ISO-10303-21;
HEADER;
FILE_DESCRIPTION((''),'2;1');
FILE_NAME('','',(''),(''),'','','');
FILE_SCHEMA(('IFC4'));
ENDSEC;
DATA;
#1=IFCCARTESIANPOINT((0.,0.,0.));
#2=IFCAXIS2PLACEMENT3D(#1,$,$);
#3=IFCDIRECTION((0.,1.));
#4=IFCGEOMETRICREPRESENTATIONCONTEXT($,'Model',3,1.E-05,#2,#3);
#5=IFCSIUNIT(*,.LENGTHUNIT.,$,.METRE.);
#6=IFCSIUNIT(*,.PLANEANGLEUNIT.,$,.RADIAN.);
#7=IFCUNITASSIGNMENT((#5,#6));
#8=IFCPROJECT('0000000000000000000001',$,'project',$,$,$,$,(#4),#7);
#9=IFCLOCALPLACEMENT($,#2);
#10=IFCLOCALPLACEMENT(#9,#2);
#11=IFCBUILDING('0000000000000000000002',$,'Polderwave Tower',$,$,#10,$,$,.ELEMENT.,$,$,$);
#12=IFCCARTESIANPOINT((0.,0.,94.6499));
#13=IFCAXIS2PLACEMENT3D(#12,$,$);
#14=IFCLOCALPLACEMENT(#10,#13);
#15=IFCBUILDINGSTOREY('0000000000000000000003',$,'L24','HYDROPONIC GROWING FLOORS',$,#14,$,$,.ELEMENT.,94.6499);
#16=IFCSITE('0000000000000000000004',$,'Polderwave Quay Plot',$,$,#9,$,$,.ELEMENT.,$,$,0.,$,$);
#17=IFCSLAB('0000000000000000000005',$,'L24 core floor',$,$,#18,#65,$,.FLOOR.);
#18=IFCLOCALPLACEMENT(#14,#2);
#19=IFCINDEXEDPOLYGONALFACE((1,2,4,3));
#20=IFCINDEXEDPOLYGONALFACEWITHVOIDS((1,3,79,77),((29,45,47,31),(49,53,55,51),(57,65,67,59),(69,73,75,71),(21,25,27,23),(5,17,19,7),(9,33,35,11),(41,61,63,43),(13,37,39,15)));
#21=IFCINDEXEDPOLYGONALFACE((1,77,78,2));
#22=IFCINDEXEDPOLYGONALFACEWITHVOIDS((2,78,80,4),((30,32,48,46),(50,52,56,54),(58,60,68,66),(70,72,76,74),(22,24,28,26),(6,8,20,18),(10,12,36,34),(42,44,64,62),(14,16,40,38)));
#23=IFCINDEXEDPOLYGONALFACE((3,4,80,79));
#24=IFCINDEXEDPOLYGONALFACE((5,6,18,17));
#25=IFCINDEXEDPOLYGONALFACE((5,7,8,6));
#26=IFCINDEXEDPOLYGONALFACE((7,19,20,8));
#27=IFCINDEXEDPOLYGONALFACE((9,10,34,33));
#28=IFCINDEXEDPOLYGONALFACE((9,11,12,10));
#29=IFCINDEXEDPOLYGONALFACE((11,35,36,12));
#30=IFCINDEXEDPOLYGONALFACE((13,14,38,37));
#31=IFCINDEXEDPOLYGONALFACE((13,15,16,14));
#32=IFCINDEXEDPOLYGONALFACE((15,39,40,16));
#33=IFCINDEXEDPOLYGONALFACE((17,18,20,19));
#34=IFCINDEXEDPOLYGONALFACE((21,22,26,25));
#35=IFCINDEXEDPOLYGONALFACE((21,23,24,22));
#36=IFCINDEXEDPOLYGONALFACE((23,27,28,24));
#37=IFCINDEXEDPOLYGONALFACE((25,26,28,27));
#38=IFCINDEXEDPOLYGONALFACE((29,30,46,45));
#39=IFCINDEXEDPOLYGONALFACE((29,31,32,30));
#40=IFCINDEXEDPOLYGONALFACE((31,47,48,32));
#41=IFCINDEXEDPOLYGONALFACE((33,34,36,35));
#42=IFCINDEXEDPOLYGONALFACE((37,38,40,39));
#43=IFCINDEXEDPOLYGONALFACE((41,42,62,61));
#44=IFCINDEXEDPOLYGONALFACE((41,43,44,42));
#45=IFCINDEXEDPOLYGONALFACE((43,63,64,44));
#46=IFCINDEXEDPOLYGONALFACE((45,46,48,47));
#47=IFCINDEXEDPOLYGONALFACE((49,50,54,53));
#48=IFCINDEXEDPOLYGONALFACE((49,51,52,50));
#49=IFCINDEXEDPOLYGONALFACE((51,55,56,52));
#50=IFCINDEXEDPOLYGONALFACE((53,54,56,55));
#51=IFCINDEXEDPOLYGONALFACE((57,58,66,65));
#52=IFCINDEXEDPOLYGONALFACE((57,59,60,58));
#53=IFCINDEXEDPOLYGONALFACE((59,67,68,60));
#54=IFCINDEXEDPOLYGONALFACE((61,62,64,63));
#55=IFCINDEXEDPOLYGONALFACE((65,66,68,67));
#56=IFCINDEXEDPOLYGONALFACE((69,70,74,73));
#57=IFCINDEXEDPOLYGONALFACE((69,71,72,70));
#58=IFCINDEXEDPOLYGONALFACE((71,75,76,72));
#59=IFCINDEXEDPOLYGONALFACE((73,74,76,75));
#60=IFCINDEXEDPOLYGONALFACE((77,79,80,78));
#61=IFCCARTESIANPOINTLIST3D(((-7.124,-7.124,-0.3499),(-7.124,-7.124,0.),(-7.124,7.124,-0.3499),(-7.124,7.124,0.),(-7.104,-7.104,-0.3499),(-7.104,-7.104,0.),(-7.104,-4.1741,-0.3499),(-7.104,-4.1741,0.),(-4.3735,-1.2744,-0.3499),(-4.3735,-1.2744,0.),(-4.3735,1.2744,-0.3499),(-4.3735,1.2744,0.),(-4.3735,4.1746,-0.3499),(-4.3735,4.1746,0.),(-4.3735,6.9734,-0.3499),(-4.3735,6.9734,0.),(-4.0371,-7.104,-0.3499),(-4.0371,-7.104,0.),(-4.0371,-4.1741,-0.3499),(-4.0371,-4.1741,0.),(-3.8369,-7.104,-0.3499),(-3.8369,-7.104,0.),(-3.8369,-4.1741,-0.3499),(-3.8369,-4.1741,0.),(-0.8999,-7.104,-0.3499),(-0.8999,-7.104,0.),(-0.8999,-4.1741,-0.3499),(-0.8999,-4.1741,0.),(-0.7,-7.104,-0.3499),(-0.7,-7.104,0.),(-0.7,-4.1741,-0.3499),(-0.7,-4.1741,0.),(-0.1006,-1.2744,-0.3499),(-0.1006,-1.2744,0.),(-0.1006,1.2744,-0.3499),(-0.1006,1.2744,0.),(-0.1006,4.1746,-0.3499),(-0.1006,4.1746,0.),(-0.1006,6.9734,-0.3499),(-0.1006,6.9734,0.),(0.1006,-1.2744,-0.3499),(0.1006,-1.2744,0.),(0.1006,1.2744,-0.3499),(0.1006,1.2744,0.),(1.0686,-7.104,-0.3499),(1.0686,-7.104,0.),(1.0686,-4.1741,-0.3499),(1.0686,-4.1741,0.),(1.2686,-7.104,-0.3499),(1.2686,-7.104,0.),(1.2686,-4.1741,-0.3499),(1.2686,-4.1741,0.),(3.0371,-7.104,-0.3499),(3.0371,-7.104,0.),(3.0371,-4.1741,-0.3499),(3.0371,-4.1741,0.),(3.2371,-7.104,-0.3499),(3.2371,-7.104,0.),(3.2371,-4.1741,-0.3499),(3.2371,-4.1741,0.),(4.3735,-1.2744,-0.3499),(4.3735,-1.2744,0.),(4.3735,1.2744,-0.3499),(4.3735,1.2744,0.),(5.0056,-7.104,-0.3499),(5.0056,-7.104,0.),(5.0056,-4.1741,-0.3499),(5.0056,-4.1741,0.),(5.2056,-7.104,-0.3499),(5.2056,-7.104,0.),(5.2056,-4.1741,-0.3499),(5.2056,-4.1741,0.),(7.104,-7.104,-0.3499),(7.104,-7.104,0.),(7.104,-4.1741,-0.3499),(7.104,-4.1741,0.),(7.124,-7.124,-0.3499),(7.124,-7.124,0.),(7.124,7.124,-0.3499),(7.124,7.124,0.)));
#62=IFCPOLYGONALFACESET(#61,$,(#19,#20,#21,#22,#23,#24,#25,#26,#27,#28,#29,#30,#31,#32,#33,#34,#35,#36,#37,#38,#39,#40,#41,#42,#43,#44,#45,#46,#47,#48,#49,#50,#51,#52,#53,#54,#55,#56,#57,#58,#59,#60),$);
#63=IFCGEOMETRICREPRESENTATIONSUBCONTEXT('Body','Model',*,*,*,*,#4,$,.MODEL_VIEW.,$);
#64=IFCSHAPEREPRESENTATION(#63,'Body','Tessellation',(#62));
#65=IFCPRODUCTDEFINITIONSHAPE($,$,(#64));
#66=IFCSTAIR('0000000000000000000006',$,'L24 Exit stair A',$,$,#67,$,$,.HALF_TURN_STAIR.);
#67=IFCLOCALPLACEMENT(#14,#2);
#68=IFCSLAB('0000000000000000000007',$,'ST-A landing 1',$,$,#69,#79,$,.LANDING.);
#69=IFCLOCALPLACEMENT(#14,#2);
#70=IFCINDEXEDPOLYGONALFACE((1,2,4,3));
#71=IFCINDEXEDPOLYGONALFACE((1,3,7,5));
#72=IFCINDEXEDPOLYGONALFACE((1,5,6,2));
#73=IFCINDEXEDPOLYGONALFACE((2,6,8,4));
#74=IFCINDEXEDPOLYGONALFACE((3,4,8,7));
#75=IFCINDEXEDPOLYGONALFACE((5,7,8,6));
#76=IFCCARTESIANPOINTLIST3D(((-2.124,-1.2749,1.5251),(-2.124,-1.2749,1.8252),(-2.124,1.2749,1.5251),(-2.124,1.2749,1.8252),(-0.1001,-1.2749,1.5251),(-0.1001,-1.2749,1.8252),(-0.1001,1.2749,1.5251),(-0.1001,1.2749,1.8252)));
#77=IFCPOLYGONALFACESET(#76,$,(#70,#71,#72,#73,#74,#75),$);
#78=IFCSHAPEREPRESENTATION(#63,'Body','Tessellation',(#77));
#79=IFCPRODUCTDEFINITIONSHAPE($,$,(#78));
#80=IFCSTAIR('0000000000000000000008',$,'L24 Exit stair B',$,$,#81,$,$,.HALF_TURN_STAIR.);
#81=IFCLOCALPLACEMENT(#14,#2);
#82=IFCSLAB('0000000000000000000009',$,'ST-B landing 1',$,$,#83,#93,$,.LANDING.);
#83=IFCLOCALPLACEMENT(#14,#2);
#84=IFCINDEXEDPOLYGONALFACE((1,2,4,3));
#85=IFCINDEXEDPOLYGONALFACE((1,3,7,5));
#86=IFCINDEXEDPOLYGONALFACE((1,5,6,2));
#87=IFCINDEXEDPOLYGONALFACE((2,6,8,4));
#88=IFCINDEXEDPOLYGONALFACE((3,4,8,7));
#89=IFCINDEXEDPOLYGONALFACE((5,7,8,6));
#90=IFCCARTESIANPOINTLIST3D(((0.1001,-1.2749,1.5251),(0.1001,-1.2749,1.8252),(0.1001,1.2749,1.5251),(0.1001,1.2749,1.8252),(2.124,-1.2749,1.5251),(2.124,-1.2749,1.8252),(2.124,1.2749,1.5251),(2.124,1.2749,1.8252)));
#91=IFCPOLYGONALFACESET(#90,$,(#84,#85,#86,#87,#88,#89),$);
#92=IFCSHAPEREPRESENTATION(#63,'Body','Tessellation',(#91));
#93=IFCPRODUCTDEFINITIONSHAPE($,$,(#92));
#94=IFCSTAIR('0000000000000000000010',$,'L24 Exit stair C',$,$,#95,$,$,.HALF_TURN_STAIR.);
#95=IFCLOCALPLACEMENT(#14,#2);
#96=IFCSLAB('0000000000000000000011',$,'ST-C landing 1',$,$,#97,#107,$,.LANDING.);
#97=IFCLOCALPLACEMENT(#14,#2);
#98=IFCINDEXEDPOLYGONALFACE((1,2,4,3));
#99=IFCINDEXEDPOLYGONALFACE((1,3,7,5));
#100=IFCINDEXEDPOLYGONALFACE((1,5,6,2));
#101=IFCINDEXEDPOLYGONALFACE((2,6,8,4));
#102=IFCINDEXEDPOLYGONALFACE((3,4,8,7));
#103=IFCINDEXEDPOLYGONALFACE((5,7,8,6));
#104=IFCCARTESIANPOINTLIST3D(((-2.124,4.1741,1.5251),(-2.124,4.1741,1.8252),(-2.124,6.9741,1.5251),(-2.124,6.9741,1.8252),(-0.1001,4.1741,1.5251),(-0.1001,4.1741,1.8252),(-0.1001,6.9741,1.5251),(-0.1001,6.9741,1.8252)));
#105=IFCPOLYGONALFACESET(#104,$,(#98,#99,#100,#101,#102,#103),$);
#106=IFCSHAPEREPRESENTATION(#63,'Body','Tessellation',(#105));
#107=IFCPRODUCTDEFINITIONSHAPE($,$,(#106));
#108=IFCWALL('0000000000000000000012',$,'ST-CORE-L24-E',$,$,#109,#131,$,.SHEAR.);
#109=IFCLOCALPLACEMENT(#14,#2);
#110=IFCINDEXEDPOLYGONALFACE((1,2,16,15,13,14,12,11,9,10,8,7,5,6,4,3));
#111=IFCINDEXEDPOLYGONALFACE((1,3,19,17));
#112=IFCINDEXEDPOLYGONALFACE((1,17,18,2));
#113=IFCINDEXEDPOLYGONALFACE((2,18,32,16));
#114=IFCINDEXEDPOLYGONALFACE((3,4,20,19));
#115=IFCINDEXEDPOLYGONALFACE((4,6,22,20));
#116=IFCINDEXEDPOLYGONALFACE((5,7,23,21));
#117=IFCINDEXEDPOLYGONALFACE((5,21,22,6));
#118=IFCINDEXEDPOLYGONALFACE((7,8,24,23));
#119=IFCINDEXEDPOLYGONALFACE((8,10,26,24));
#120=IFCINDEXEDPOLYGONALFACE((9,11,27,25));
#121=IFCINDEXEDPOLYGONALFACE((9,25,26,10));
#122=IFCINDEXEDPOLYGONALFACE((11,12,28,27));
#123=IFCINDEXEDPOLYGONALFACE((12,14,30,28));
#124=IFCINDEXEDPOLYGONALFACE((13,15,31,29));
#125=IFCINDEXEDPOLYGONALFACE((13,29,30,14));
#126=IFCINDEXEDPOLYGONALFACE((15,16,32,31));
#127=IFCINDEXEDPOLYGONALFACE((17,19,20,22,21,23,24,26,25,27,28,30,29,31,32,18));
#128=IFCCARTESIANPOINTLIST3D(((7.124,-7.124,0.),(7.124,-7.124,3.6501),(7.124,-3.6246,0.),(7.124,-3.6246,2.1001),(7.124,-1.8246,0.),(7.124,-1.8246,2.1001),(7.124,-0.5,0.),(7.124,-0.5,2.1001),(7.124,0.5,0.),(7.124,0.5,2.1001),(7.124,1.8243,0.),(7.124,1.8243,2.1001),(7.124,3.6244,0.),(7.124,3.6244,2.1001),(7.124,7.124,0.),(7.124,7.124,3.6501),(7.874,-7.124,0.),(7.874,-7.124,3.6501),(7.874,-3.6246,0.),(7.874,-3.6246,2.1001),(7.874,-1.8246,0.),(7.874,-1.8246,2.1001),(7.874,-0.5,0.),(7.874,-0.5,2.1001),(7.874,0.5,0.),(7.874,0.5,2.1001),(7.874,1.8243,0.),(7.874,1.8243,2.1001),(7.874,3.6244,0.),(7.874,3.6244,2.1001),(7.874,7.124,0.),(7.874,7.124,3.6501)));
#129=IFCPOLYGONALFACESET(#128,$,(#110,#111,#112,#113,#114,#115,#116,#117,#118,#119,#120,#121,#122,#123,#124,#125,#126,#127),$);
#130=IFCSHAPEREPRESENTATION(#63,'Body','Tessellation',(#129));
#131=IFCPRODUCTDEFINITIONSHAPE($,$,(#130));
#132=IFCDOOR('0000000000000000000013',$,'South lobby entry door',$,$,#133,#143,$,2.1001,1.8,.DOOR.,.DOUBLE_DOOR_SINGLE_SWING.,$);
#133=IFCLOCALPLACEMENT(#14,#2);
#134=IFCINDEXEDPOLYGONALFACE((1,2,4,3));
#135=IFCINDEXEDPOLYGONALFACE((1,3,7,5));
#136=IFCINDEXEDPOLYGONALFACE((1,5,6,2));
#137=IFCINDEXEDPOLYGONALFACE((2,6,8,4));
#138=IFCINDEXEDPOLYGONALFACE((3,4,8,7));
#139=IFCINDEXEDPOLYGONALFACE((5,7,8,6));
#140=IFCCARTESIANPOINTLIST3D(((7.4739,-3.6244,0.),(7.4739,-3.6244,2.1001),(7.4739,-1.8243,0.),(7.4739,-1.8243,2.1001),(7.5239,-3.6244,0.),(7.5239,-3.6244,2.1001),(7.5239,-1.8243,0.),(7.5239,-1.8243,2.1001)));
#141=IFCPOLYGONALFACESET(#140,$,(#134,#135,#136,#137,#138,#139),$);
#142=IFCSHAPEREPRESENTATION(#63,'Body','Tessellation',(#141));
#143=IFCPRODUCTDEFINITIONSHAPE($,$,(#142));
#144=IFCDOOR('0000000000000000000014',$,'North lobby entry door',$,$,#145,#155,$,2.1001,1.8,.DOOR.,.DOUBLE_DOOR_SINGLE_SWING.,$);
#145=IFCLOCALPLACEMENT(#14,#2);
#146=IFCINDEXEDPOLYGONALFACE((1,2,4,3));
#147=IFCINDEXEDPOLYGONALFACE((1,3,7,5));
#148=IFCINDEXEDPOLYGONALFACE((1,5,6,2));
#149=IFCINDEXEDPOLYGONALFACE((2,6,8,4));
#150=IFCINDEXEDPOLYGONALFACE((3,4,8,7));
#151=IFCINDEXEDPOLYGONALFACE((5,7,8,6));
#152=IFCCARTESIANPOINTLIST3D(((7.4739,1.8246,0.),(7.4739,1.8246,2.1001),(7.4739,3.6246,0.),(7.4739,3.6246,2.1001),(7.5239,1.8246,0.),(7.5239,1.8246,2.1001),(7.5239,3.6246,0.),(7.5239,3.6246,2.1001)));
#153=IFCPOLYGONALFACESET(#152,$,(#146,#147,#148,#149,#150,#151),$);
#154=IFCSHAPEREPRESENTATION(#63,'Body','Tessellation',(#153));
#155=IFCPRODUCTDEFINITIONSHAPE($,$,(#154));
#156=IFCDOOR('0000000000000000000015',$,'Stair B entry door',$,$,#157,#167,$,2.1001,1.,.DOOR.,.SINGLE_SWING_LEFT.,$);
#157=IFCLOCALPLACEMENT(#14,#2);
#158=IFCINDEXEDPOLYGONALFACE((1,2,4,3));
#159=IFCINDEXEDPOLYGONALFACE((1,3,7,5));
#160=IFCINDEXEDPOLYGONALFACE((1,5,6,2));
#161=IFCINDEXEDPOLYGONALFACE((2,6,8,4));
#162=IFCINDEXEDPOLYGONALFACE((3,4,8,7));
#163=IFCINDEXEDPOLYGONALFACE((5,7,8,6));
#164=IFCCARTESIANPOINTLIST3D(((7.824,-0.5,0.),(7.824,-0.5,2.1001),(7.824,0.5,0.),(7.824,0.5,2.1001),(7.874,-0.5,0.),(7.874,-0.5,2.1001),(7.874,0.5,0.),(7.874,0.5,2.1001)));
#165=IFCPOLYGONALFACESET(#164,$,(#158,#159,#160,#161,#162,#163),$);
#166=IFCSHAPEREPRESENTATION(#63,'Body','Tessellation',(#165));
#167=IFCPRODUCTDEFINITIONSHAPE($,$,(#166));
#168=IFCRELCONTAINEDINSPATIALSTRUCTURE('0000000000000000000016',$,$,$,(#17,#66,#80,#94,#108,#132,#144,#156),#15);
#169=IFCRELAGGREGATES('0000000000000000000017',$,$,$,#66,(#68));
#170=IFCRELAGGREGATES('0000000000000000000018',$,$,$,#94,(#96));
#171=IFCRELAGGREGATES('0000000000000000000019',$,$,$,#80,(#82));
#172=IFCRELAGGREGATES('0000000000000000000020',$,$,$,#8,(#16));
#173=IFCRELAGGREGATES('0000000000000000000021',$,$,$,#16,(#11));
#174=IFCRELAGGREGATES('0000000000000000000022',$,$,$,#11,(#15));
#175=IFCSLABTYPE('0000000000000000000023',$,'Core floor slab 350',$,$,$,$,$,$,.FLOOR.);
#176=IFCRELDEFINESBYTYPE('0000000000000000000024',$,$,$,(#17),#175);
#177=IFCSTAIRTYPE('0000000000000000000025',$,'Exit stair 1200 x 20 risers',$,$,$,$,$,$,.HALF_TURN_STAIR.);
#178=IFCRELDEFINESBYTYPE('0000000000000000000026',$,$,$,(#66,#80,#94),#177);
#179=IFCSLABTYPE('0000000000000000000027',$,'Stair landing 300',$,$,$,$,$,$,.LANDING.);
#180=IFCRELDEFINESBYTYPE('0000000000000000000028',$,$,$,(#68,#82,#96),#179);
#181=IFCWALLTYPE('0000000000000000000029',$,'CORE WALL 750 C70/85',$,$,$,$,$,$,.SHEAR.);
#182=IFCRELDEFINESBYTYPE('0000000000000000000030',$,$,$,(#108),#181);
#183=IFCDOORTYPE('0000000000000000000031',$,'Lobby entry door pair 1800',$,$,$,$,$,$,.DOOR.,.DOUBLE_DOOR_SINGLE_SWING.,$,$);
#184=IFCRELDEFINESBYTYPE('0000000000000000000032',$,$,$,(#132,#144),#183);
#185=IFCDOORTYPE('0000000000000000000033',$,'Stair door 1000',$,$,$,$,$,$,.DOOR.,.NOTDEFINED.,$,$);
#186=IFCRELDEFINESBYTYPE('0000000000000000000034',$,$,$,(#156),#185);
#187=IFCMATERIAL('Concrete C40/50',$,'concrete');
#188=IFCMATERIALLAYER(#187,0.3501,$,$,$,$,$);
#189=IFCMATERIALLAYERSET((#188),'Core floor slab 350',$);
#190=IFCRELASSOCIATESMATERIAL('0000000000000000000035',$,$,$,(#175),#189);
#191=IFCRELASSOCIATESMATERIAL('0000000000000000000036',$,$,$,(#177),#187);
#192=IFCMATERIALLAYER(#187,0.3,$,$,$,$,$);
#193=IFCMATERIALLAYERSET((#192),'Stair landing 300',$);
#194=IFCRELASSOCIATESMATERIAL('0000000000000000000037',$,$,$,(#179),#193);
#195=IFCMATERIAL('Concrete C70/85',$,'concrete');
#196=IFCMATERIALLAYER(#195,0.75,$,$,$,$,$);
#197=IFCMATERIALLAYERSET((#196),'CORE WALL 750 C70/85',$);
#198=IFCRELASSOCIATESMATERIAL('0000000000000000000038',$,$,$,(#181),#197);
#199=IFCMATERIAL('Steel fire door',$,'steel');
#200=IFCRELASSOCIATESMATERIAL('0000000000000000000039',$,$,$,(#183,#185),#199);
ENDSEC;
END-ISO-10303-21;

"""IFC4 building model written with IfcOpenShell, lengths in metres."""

from ifc_helpers import new_model, si_unit, direction, frame, frame_2d, origin, place, context, subcontext, project, spatial, polyline, rectangle, outline, extrude, material, layer, layer_set, type_object, element, fill, aggregate, save


model = new_model("IFC4")

# Units and contexts
model_context = context("Model", 3, precision=1e-05, world=origin(), true_north=direction((0.0, 1.0)))
body_context = subcontext(model_context, "Body", "Model", "MODEL_VIEW")
ifc_project = project(units=[si_unit("LENGTHUNIT", "METRE"), si_unit("PLANEANGLEUNIT", "RADIAN")], contexts=[model_context])

# Site, building, storey
site_placement = place(None, origin())
site = spatial("IfcSite", under=ifc_project, at=site_placement, Name="Polderwave Quay Plot", CompositionType="ELEMENT", RefElevation=0.0)
building_placement = place(site_placement, origin())
building = spatial("IfcBuilding", under=site, at=building_placement, Name="Polderwave Tower", CompositionType="ELEMENT")
storey_placement = place(building_placement, frame((0.0, 0.0, 94.6499)))
storey = spatial("IfcBuildingStorey", under=building, at=storey_placement, Name="L24", Description="HYDROPONIC GROWING FLOORS", CompositionType="ELEMENT", Elevation=94.6499)

# Slab
ifc_material_1 = material(Name="Concrete C40/50", Category="concrete")
ifc_layer_1 = layer(ifc_material_1, 0.3501)
ifc_layer_set_1 = layer_set([ifc_layer_1], Name="Core floor slab 350")
slab_type_1 = type_object("IfcSlabType", Name="Core floor slab 350", PredefinedType="FLOOR", material=ifc_layer_set_1)
slab_1_placement = place(storey_placement, frame((0.0, 0.0, -0.3499)))
element("IfcSlab", 1, at=slab_1_placement, inside=storey, type_object=slab_type_1, Name="L24 core floor", PredefinedType="FLOOR", context=body_context, shape_type="SweptSolid", body=[
    extrude(outline(polyline([(-7.124, -7.124), (7.124, -7.124), (7.124, 7.124), (-7.124, 7.124), (-7.124, -7.124)]), holes=[polyline([(-7.104, -7.104), (-4.0371, -7.104), (-4.0371, -4.1741), (-7.104, -4.1741), (-7.104, -7.104)]), polyline([(-3.8369, -7.104), (-0.8999, -7.104), (-0.8999, -4.1741), (-3.8369, -4.1741), (-3.8369, -7.104)]), polyline([(-0.7, -7.104), (1.0686, -7.104), (1.0686, -4.1741), (-0.7, -4.1741), (-0.7, -7.104)]), polyline([(1.2686, -7.104), (3.0371, -7.104), (3.0371, -4.1741), (1.2686, -4.1741), (1.2686, -7.104)]), polyline([(3.2371, -7.104), (5.0056, -7.104), (5.0056, -4.1741), (3.2371, -4.1741), (3.2371, -7.104)]), polyline([(5.2056, -7.104), (7.104, -7.104), (7.104, -4.1741), (5.2056, -4.1741), (5.2056, -7.104)]), polyline([(-4.3735, -1.2744), (-0.1006, -1.2744), (-0.1006, 1.2744), (-4.3735, 1.2744), (-4.3735, -1.2744)]), polyline([(0.1006, -1.2744), (4.3735, -1.2744), (4.3735, 1.2744), (0.1006, 1.2744), (0.1006, -1.2744)]), polyline([(-4.3735, 4.1746), (-0.1006, 4.1746), (-0.1006, 6.9734), (-4.3735, 6.9734), (-4.3735, 4.1746)])]), origin(), (0.0, 0.0, 1.0), 0.3499),
])

# Stairs, slabs
stair_type = type_object("IfcStairType", Name="Exit stair 1200 x 20 risers", PredefinedType="HALF_TURN_STAIR", material=ifc_material_1)
stair_1_placement = place(storey_placement, origin())
stair_1 = element("IfcStair", 2, at=stair_1_placement, inside=storey, type_object=stair_type, Name="L24 Exit stair A", PredefinedType="HALF_TURN_STAIR")
ifc_layer_2 = layer(ifc_material_1, 0.3)
ifc_layer_set_2 = layer_set([ifc_layer_2], Name="Stair landing 300")
slab_type_2 = type_object("IfcSlabType", Name="Stair landing 300", PredefinedType="LANDING", material=ifc_layer_set_2)
slab_2_placement = place(storey_placement, frame((0.0, 0.0, 1.5251)))
slab_2 = element("IfcSlab", 3, at=slab_2_placement, type_object=slab_type_2, Name="ST-A landing 1", PredefinedType="LANDING", context=body_context, shape_type="SweptSolid", body=[
    extrude(outline(polyline([(-2.124, -1.2749), (-0.1001, -1.2749), (-0.1001, 1.2749), (-2.124, 1.2749), (-2.124, -1.2749)])), origin(), (0.0, 0.0, 1.0), 0.3),
])
aggregate(stair_1, [slab_2])
stair_2_placement = place(storey_placement, origin())
stair_2 = element("IfcStair", 4, at=stair_2_placement, inside=storey, type_object=stair_type, Name="L24 Exit stair B", PredefinedType="HALF_TURN_STAIR")
slab_3_placement = place(storey_placement, frame((0.0, 0.0, 1.5251)))
slab_3 = element("IfcSlab", 5, at=slab_3_placement, type_object=slab_type_2, Name="ST-B landing 1", PredefinedType="LANDING", context=body_context, shape_type="SweptSolid", body=[
    extrude(outline(polyline([(2.124, 1.2749), (0.1001, 1.2749), (0.1001, -1.2749), (2.124, -1.2749), (2.124, 1.2749)])), origin(), (0.0, 0.0, 1.0), 0.3),
])
stair_3_placement = place(storey_placement, origin())
stair_3 = element("IfcStair", 6, at=stair_3_placement, inside=storey, type_object=stair_type, Name="L24 Exit stair C", PredefinedType="HALF_TURN_STAIR")
slab_4_placement = place(storey_placement, frame((0.0, 0.0, 1.5251)))
slab_4 = element("IfcSlab", 7, at=slab_4_placement, type_object=slab_type_2, Name="ST-C landing 1", PredefinedType="LANDING", context=body_context, shape_type="SweptSolid", body=[
    extrude(outline(polyline([(-2.124, 4.1741), (-0.1001, 4.1741), (-0.1001, 6.9741), (-2.124, 6.9741), (-2.124, 4.1741)])), origin(), (0.0, 0.0, 1.0), 0.3),
])
aggregate(stair_3, [slab_4])

# Wall, openings, doors
ifc_material_2 = material(Name="Concrete C70/85", Category="concrete")
ifc_layer_3 = layer(ifc_material_2, 0.75)
ifc_layer_set_3 = layer_set([ifc_layer_3], Name="CORE WALL 750 C70/85")
wall_type_1 = type_object("IfcWallType", Name="CORE WALL 750 C70/85", PredefinedType="SHEAR", material=ifc_layer_set_3)
wall_1_placement = place(storey_placement, frame((7.499, -7.124, 0.0), z_axis=(0.0, 0.0, 1.0), x_axis=(0.0, 1.0, 0.0)))
wall_1 = element("IfcWall", 8, at=wall_1_placement, inside=storey, type_object=wall_type_1, Name="ST-CORE-L24-E", PredefinedType="SHEAR", context=body_context, shape_type="SweptSolid", body=[
    extrude(rectangle(XDim=14.248, YDim=0.75, at=frame_2d((7.124, 0.0))), origin(), (0.0, 0.0, 1.0), 3.6501),
])
opening_1_placement = place(wall_1_placement, frame((6.624, 0.0, 0.0)))
opening_1 = element("IfcOpeningElement", 9, at=opening_1_placement, cuts=wall_1, PredefinedType="OPENING", context=body_context, shape_type="SweptSolid", body=[
    extrude(rectangle(XDim=1.0, YDim=2.1001, at=frame_2d((0.5, 1.05))), frame((0.0, 0.385, 0.0), z_axis=(0.0, -1.0, 0.0), x_axis=(1.0, 0.0, 0.0)), (0.0, 0.0, 1.0), 0.77),
])
opening_2_placement = place(wall_1_placement, frame((3.4995, 0.0, 0.0)))
opening_2 = element("IfcOpeningElement", 10, at=opening_2_placement, cuts=wall_1, PredefinedType="OPENING", context=body_context, shape_type="SweptSolid", body=[
    extrude(rectangle(XDim=1.8, YDim=2.1001, at=frame_2d((0.8999, 1.05))), frame((0.0, 0.385, 0.0), z_axis=(0.0, -1.0, 0.0), x_axis=(1.0, 0.0, 0.0)), (0.0, 0.0, 1.0), 0.77),
])
opening_3_placement = place(wall_1_placement, frame((8.9485, 0.0, 0.0)))
opening_3 = element("IfcOpeningElement", 11, at=opening_3_placement, cuts=wall_1, PredefinedType="OPENING", context=body_context, shape_type="SweptSolid", body=[
    extrude(rectangle(XDim=1.8, YDim=2.1001, at=frame_2d((0.8999, 1.05))), frame((0.0, 0.385, 0.0), z_axis=(0.0, -1.0, 0.0), x_axis=(1.0, 0.0, 0.0)), (0.0, 0.0, 1.0), 0.77),
])
ifc_material_3 = material(Name="Steel fire door", Category="steel")
door_type_1 = type_object("IfcDoorType", Name="Lobby entry door pair 1800", OperationType="DOUBLE_DOOR_SINGLE_SWING", PredefinedType="DOOR", material=ifc_material_3)
door_1_placement = place(opening_2_placement, frame((1.8, 0.0, 0.0), z_axis=(0.0, 0.0, 1.0), x_axis=(-1.0, 0.0, 0.0)))
door_1 = element("IfcDoor", 12, at=door_1_placement, inside=storey, type_object=door_type_1, Name="South lobby entry door", OperationType="DOUBLE_DOOR_SINGLE_SWING", OverallHeight=2.1001, OverallWidth=1.8, PredefinedType="DOOR", context=body_context, shape_type="SweptSolid", body=[
    extrude(rectangle(XDim=1.8, YDim=2.1001, at=frame_2d((0.8999, 1.05))), frame((0.0, 0.0249, 0.0), z_axis=(0.0, -1.0, 0.0), x_axis=(1.0, 0.0, 0.0)), (0.0, 0.0, 1.0), 0.05),
])
fill(opening_2, door_1)
door_2_placement = place(opening_3_placement, frame((1.8, 0.0, 0.0), z_axis=(0.0, 0.0, 1.0), x_axis=(-1.0, 0.0, 0.0)))
door_2 = element("IfcDoor", 13, at=door_2_placement, inside=storey, type_object=door_type_1, Name="North lobby entry door", OperationType="DOUBLE_DOOR_SINGLE_SWING", OverallHeight=2.1001, OverallWidth=1.8, PredefinedType="DOOR", context=body_context, shape_type="SweptSolid", body=[
    extrude(rectangle(XDim=1.8, YDim=2.1001, at=frame_2d((0.8999, 1.05))), frame((0.0, 0.0249, 0.0), z_axis=(0.0, -1.0, 0.0), x_axis=(1.0, 0.0, 0.0)), (0.0, 0.0, 1.0), 0.05),
])
fill(opening_3, door_2)
door_type_2 = type_object("IfcDoorType", Name="Stair door 1000", OperationType="NOTDEFINED", PredefinedType="DOOR", material=ifc_material_3)
door_3_placement = place(opening_1_placement, frame((1.0, 0.0, 0.0), z_axis=(0.0, 0.0, 1.0), x_axis=(-1.0, 0.0, 0.0)))
door_3 = element("IfcDoor", 14, at=door_3_placement, inside=storey, type_object=door_type_2, Name="Stair B entry door", OperationType="SINGLE_SWING_LEFT", OverallHeight=2.1001, OverallWidth=1.0, PredefinedType="DOOR", context=body_context, shape_type="SweptSolid", body=[
    extrude(rectangle(XDim=1.0, YDim=2.1001, at=frame_2d((0.5, 1.05))), frame((0.0, 0.375, 0.0), z_axis=(0.0, -1.0, 0.0), x_axis=(1.0, 0.0, 0.0)), (0.0, 0.0, 1.0), 0.05),
])
fill(opening_1, door_3)

aggregate(stair_2, [slab_3])

save(model, "model.ifc")
